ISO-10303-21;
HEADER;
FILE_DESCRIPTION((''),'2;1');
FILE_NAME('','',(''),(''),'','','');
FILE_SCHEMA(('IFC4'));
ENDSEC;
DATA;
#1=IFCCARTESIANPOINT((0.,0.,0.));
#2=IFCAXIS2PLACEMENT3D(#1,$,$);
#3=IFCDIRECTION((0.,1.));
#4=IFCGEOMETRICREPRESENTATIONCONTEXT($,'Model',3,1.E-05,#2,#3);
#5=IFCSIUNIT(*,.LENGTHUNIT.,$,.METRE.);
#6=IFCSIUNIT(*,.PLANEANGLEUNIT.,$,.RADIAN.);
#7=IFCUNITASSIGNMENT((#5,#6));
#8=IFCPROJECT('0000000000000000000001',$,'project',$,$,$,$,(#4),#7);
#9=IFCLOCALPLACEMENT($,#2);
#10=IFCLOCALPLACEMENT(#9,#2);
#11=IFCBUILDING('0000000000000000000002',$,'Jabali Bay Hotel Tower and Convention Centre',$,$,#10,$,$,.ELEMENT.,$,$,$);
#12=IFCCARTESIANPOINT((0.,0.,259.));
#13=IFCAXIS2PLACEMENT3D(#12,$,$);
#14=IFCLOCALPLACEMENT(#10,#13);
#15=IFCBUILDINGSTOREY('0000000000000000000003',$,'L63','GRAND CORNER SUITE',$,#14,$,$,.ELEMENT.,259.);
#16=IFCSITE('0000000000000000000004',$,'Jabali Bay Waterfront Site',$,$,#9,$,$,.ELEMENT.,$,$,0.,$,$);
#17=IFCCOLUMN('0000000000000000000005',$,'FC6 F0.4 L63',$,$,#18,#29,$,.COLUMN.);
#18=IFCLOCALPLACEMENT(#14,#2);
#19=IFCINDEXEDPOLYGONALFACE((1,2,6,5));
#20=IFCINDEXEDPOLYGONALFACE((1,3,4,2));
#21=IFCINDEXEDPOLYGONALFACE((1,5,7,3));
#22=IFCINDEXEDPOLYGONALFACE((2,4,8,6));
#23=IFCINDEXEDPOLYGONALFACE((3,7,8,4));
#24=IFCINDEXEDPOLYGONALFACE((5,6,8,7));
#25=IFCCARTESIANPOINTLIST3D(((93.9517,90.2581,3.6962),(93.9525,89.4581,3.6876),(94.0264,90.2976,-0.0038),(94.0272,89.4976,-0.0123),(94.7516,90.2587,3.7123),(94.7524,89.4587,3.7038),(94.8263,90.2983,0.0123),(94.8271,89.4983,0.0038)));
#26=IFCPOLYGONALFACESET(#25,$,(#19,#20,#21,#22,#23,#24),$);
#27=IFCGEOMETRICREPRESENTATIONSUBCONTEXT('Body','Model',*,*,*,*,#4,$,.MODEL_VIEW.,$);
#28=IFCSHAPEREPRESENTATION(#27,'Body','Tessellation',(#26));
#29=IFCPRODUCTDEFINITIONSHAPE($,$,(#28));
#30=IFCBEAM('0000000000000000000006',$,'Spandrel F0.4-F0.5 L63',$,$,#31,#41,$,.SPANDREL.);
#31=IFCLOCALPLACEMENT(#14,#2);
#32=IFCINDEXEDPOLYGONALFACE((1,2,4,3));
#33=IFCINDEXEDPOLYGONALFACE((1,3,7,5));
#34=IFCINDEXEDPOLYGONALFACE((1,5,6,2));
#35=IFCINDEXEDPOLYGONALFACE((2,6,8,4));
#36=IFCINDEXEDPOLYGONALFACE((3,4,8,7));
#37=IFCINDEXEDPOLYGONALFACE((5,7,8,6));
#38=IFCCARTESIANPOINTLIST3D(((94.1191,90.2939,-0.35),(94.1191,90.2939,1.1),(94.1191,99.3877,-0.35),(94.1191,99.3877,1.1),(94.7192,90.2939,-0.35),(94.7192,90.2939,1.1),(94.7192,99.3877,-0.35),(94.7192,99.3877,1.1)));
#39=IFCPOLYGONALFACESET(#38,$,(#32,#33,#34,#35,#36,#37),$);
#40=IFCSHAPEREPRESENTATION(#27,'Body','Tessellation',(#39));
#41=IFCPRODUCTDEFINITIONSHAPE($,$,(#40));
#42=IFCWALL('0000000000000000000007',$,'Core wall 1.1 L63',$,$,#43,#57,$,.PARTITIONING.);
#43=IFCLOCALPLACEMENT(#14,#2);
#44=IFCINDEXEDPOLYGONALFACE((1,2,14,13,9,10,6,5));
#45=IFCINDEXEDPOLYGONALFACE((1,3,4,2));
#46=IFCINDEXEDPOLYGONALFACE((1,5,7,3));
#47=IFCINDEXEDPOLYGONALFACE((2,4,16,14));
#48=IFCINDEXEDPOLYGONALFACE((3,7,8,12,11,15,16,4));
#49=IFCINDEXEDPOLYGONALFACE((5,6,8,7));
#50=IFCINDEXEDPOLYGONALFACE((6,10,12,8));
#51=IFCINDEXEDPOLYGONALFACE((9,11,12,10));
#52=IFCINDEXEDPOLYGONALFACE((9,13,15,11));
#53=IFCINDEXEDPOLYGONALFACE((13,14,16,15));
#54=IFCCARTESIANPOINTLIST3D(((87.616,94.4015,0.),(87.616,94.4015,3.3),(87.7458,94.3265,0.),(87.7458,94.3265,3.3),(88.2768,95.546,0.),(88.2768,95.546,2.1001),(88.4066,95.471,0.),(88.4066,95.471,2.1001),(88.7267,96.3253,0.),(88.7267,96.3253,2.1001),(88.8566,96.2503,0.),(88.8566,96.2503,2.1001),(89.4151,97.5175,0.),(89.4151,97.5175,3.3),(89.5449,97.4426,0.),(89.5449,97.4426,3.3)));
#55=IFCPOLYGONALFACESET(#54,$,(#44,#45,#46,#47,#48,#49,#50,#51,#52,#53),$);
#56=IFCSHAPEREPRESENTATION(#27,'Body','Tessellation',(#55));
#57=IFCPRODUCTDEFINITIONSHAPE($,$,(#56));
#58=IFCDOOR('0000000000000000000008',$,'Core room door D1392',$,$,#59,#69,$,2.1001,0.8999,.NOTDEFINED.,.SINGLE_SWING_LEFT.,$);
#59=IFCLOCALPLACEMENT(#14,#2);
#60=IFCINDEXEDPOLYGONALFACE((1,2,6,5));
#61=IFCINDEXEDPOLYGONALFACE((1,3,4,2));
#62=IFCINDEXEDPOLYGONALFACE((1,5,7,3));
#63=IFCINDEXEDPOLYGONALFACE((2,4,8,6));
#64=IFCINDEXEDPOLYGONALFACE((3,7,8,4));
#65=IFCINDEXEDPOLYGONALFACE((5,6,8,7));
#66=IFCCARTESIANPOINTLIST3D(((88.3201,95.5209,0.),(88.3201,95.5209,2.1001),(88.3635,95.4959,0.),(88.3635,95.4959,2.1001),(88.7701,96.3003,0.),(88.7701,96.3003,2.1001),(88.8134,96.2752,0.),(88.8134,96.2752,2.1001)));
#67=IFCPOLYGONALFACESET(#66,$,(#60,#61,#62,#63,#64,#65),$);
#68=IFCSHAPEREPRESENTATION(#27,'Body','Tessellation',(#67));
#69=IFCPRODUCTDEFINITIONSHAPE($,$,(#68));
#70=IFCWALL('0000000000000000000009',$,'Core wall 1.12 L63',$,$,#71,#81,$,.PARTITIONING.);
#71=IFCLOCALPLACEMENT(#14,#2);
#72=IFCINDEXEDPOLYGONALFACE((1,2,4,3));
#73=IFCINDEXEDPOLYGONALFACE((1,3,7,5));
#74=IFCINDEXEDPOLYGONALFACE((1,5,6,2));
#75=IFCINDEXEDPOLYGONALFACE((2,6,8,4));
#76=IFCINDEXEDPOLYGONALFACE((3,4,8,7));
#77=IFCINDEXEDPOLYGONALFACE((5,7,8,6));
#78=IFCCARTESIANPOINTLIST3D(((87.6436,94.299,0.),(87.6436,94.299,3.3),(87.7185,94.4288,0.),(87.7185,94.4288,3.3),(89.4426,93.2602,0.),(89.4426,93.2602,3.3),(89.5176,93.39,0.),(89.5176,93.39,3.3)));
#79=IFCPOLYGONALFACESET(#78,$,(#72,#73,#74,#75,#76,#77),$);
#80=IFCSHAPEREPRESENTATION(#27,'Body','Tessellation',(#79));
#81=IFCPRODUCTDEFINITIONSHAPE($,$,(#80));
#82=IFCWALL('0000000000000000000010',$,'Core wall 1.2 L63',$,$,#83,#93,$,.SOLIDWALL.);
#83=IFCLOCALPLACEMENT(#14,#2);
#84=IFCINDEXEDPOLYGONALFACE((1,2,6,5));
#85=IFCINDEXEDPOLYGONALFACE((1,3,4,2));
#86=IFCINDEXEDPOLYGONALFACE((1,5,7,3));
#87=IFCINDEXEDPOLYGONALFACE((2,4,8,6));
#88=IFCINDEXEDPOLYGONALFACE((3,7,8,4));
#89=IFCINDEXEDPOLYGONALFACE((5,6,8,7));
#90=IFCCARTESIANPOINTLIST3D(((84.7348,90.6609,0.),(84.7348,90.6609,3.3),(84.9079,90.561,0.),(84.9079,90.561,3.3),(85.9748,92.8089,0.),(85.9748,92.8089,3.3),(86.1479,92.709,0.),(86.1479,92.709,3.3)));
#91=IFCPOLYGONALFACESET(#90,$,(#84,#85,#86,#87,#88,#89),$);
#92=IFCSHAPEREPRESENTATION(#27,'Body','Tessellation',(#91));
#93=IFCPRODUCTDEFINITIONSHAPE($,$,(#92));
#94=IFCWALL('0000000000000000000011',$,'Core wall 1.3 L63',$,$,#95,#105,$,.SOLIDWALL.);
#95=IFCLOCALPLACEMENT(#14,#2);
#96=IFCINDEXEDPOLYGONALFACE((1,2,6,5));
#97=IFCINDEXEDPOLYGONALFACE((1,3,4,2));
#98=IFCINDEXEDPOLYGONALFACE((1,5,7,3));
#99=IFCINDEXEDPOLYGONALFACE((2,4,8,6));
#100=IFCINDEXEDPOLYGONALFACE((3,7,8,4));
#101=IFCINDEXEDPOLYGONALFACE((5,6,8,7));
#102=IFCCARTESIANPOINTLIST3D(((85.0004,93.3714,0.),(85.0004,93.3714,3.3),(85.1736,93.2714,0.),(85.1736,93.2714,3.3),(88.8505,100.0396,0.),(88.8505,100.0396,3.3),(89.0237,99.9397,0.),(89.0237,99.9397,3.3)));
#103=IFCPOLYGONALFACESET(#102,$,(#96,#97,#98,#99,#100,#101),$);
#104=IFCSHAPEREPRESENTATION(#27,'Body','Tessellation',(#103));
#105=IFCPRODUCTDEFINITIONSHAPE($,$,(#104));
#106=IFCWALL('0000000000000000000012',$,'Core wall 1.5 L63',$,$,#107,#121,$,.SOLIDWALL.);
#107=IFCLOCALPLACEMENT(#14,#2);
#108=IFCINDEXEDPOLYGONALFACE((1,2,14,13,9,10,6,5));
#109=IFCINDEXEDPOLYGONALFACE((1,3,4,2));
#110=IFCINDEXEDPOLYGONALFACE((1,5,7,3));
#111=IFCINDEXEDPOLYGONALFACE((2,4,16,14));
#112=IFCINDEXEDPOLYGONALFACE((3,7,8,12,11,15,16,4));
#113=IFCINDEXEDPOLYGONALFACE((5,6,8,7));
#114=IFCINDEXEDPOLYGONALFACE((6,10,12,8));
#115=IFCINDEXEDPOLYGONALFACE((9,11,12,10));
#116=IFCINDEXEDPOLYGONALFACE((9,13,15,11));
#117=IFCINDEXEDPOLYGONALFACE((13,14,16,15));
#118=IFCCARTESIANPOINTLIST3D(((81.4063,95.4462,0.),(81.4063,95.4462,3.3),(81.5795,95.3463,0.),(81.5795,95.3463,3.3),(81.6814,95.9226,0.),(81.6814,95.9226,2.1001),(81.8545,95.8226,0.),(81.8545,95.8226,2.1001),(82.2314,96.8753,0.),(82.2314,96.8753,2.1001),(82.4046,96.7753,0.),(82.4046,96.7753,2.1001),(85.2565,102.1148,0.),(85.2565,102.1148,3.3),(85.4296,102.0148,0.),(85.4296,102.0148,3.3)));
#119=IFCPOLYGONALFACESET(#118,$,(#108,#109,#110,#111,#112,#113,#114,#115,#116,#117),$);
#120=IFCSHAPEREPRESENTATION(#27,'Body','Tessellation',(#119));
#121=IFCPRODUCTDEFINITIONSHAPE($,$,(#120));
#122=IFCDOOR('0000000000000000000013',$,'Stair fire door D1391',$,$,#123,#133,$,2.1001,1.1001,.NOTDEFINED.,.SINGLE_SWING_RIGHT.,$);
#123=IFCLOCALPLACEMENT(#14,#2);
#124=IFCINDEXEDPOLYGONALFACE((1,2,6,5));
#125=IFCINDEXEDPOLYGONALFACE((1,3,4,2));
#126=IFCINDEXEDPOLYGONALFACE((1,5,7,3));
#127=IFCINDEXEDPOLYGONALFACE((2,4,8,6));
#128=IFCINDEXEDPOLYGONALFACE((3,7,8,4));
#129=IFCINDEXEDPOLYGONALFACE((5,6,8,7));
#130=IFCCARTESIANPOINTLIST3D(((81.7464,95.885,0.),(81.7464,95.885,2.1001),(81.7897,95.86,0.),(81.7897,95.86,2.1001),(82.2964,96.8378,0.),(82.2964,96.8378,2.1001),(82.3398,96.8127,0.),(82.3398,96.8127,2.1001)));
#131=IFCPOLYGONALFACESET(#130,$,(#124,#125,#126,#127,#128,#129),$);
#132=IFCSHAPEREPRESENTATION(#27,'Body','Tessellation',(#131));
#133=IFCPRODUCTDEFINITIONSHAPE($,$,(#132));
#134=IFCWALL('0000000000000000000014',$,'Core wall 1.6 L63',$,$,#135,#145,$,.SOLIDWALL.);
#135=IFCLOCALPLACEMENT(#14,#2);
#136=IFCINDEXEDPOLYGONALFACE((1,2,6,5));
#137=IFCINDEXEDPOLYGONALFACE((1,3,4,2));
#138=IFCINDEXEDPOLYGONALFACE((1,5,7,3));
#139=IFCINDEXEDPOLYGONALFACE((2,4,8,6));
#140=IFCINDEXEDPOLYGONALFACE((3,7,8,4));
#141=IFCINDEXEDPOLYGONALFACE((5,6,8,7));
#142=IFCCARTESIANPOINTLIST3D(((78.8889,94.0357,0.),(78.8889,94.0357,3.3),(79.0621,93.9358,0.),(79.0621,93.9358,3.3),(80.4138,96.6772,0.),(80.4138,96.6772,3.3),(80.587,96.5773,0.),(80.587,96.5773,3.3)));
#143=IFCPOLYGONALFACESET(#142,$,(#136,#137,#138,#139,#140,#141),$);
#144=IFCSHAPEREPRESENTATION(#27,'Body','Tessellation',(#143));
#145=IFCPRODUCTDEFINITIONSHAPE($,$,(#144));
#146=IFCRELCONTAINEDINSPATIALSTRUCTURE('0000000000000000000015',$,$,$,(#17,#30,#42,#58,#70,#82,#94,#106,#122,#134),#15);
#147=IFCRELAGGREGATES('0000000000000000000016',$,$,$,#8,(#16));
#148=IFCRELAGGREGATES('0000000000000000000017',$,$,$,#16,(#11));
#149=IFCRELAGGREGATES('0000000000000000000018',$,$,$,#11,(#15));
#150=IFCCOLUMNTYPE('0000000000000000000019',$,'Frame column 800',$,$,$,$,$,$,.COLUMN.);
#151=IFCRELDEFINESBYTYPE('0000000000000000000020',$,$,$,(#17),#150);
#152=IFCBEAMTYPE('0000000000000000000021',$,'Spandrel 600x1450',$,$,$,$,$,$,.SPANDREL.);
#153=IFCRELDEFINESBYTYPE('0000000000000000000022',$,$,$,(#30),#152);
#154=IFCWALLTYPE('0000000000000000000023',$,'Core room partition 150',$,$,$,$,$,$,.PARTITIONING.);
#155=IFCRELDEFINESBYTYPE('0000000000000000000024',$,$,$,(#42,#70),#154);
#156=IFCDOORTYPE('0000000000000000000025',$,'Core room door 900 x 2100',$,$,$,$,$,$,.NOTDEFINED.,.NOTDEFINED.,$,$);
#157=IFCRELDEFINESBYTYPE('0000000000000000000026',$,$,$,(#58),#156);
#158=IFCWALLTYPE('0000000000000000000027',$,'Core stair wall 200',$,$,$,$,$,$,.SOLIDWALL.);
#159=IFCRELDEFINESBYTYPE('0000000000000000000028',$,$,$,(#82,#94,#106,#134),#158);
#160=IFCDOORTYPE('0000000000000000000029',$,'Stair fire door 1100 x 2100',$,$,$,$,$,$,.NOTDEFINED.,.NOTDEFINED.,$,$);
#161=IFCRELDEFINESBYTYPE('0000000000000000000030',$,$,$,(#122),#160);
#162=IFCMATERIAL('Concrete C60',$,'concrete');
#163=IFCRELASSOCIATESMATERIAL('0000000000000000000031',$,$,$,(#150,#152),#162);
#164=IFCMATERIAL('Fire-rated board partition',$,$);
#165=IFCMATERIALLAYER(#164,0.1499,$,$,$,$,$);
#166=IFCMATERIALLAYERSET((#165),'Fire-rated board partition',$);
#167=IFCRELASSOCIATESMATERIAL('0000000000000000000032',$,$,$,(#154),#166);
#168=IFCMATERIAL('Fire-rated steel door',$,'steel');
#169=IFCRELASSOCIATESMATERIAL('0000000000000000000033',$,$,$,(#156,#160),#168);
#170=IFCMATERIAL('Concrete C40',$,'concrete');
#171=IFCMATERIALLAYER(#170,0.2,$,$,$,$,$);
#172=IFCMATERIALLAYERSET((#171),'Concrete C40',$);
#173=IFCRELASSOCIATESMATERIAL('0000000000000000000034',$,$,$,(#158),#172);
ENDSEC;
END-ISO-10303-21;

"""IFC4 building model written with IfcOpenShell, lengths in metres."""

from ifc_helpers import new_model, si_unit, direction, frame, frame_2d, origin, origin_2d, place, context, subcontext, project, spatial, rectangle, extrude, material, layer, layer_set, material_profile, profile_set, type_object, element, fill, save


model = new_model("IFC4")

# Units and contexts
model_context = context("Model", 3, precision=1e-05, world=origin(), true_north=direction((0.0, 1.0)))
body_context = subcontext(model_context, "Body", "Model", "MODEL_VIEW")
ifc_project = project(units=[si_unit("LENGTHUNIT", "METRE"), si_unit("PLANEANGLEUNIT", "RADIAN")], contexts=[model_context])

# Site, building, storey
site_placement = place(None, origin())
site = spatial("IfcSite", under=ifc_project, at=site_placement, Name="Jabali Bay Waterfront Site", CompositionType="ELEMENT", RefElevation=0.0)
building_placement = place(site_placement, origin())
building = spatial("IfcBuilding", under=site, at=building_placement, Name="Jabali Bay Hotel Tower and Convention Centre", CompositionType="ELEMENT")
storey_placement = place(building_placement, frame((0.0, 0.0, 259.0)))
storey = spatial("IfcBuildingStorey", under=building, at=storey_placement, Name="L63", Description="GRAND CORNER SUITE", CompositionType="ELEMENT", Elevation=259.0)

# Column
ifc_material_1 = material(Name="Concrete C60", Category="concrete")
ifc_material_profile_1 = material_profile(ifc_material_1, rectangle(XDim=0.8, YDim=0.8, at=origin_2d()), Name="Frame column 800")
ifc_profile_set_1 = profile_set([ifc_material_profile_1], Name="Concrete C60")
column_type = type_object("IfcColumnType", Name="Frame column 800", PredefinedType="COLUMN", material=ifc_profile_set_1)
column_placement = place(storey_placement, frame((94.4268, 89.8979, 0.0), z_axis=(-0.020186, -0.010687, 0.999739), x_axis=(0.999796, 0.000797, 0.020196)))
element("IfcColumn", 1, at=column_placement, inside=storey, type_object=column_type, Name="FC6 F0.4 L63", PredefinedType="COLUMN", context=body_context, shape_type="SweptSolid", body=[
    extrude(rectangle(XDim=0.8, YDim=0.8, at=origin_2d()), origin(), (0.0, 0.0, 1.0), 3.7009),
])

# Beam
ifc_material_profile_2 = material_profile(ifc_material_1, rectangle(XDim=0.6001, YDim=1.45, at=origin_2d()), Name="Spandrel 600x1450")
ifc_profile_set_2 = profile_set([ifc_material_profile_2], Name="Concrete C60")
beam_type = type_object("IfcBeamType", Name="Spandrel 600x1450", PredefinedType="SPANDREL", material=ifc_profile_set_2)
beam_placement = place(storey_placement, frame((94.4192, 90.2939, 0.375), z_axis=(0.0, 1.0, 0.0), x_axis=(-1.0, 0.0, 0.0)))
element("IfcBeam", 2, at=beam_placement, inside=storey, type_object=beam_type, Name="Spandrel F0.4-F0.5 L63", PredefinedType="SPANDREL", context=body_context, shape_type="SweptSolid", body=[
    extrude(rectangle(XDim=0.6001, YDim=1.45, at=origin_2d()), origin(), (0.0, 0.0, 1.0), 9.0938),
])

# Wall, opening, door
ifc_material_2 = material(Name="Fire-rated board partition")
ifc_layer_1 = layer(ifc_material_2, 0.1499)
ifc_layer_set_1 = layer_set([ifc_layer_1], Name="Fire-rated board partition")
wall_type_1 = type_object("IfcWallType", Name="Core room partition 150", PredefinedType="PARTITIONING", material=ifc_layer_set_1)
wall_1_placement = place(storey_placement, frame((87.6809, 94.364, 0.0), z_axis=(0.0, 0.0, 1.0), x_axis=(0.500014, 0.866017, 0.0)))
wall_1 = element("IfcWall", 3, at=wall_1_placement, inside=storey, type_object=wall_type_1, Name="Core wall 1.1 L63", PredefinedType="PARTITIONING", context=body_context, shape_type="SweptSolid", body=[
    extrude(rectangle(XDim=3.5981, YDim=0.1499, at=frame_2d((1.7991, 0.0))), origin(), (0.0, 0.0, 1.0), 3.3),
])
opening_1_placement = place(wall_1_placement, frame((1.3215, 0.0, 0.0)))
opening_1 = element("IfcOpeningElement", 4, at=opening_1_placement, cuts=wall_1, PredefinedType="OPENING", context=body_context, shape_type="SweptSolid", body=[
    extrude(rectangle(XDim=0.8999, YDim=2.1001, at=frame_2d((0.45, 1.05))), frame((0.0, 0.0854, 0.0), z_axis=(0.0, -1.0, 0.0), x_axis=(1.0, 0.0, 0.0)), (0.0, 0.0, 1.0), 0.1709),
])
ifc_material_3 = material(Name="Fire-rated steel door", Category="steel")
door_type_1 = type_object("IfcDoorType", Name="Core room door 900 x 2100", OperationType="NOTDEFINED", PredefinedType="NOTDEFINED", material=ifc_material_3)
door_1_placement = place(opening_1_placement, origin())
door_1 = element("IfcDoor", 5, at=door_1_placement, inside=storey, type_object=door_type_1, Name="Core room door D1392", OperationType="SINGLE_SWING_LEFT", OverallHeight=2.1001, OverallWidth=0.8999, PredefinedType="NOTDEFINED", context=body_context, shape_type="SweptSolid", body=[
    extrude(rectangle(XDim=0.8999, YDim=2.1001, at=frame_2d((0.45, 1.05))), frame((0.0, 0.0249, 0.0), z_axis=(0.0, -1.0, 0.0), x_axis=(1.0, 0.0, 0.0)), (0.0, 0.0, 1.0), 0.05),
])
fill(opening_1, door_1)

# Walls
wall_2_placement = place(storey_placement, frame((89.48, 93.3252, 0.0), z_axis=(0.0, 0.0, 1.0), x_axis=(-0.866, 0.500045, 0.0)))
element("IfcWall", 6, at=wall_2_placement, inside=storey, type_object=wall_type_1, Name="Core wall 1.12 L63", PredefinedType="PARTITIONING", context=body_context, shape_type="SweptSolid", body=[
    extrude(rectangle(XDim=2.0774, YDim=0.1499, at=frame_2d((1.0386, 0.0))), origin(), (0.0, 0.0, 1.0), 3.3),
])
ifc_material_4 = material(Name="Concrete C40", Category="concrete")
ifc_layer_2 = layer(ifc_material_4, 0.2)
ifc_layer_set_2 = layer_set([ifc_layer_2], Name="Concrete C40")
wall_type_2 = type_object("IfcWallType", Name="Core stair wall 200", PredefinedType="SOLIDWALL", material=ifc_layer_set_2)
wall_3_placement = place(storey_placement, frame((84.8213, 90.6108, 0.0), z_axis=(0.0, 0.0, 1.0), x_axis=(0.499961, 0.866048, 0.0)))
element("IfcWall", 7, at=wall_3_placement, inside=storey, type_object=wall_type_2, Name="Core wall 1.2 L63", PredefinedType="SOLIDWALL", context=body_context, shape_type="SweptSolid", body=[
    extrude(rectangle(XDim=2.4802, YDim=0.2, at=frame_2d((1.2402, 0.0))), origin(), (0.0, 0.0, 1.0), 3.3),
])
wall_4_placement = place(storey_placement, frame((85.0869, 93.3213, 0.0), z_axis=(0.0, 0.0, 1.0), x_axis=(0.50002, 0.866014, 0.0)))
element("IfcWall", 8, at=wall_4_placement, inside=storey, type_object=wall_type_2, Name="Core wall 1.3 L63", PredefinedType="SOLIDWALL", context=body_context, shape_type="SweptSolid", body=[
    extrude(rectangle(XDim=7.7, YDim=0.2, at=frame_2d((3.8501, 0.0))), origin(), (0.0, 0.0, 1.0), 3.3),
])

# Wall, opening, door
wall_5_placement = place(storey_placement, frame((81.4929, 95.3962, 0.0), z_axis=(0.0, 0.0, 1.0), x_axis=(0.500006, 0.866022, 0.0)))
wall_5 = element("IfcWall", 9, at=wall_5_placement, inside=storey, type_object=wall_type_2, Name="Core wall 1.5 L63", PredefinedType="SOLIDWALL", context=body_context, shape_type="SweptSolid", body=[
    extrude(rectangle(XDim=7.7002, YDim=0.2, at=frame_2d((3.8501, 0.0))), origin(), (0.0, 0.0, 1.0), 3.3),
])
opening_2_placement = place(wall_5_placement, frame((0.55, 0.0, 0.0)))
opening_2 = element("IfcOpeningElement", 10, at=opening_2_placement, cuts=wall_5, PredefinedType="OPENING", context=body_context, shape_type="SweptSolid", body=[
    extrude(rectangle(XDim=1.1001, YDim=2.1001, at=frame_2d((0.55, 1.05))), frame((0.0, 0.1104, 0.0), z_axis=(0.0, -1.0, 0.0), x_axis=(1.0, 0.0, 0.0)), (0.0, 0.0, 1.0), 0.2209),
])
door_type_2 = type_object("IfcDoorType", Name="Stair fire door 1100 x 2100", OperationType="NOTDEFINED", PredefinedType="NOTDEFINED", material=ifc_material_3)
door_2_placement = place(opening_2_placement, origin())
door_2 = element("IfcDoor", 11, at=door_2_placement, inside=storey, type_object=door_type_2, Name="Stair fire door D1391", OperationType="SINGLE_SWING_RIGHT", OverallHeight=2.1001, OverallWidth=1.1001, PredefinedType="NOTDEFINED", context=body_context, shape_type="SweptSolid", body=[
    extrude(rectangle(XDim=1.1001, YDim=2.1001, at=frame_2d((0.55, 1.05))), frame((0.0, 0.0249, 0.0), z_axis=(0.0, -1.0, 0.0), x_axis=(1.0, 0.0, 0.0)), (0.0, 0.0, 1.0), 0.05),
])
fill(opening_2, door_2)

# Wall
wall_6_placement = place(storey_placement, frame((78.9756, 93.9858, 0.0), z_axis=(0.0, 0.0, 1.0), x_axis=(0.499944, 0.866058, 0.0)))
element("IfcWall", 12, at=wall_6_placement, inside=storey, type_object=wall_type_2, Name="Core wall 1.6 L63", PredefinedType="SOLIDWALL", context=body_context, shape_type="SweptSolid", body=[
    extrude(rectangle(XDim=3.05, YDim=0.2, at=frame_2d((1.5249, 0.0))), origin(), (0.0, 0.0, 1.0), 3.3),
])

save(model, "model.ifc")
